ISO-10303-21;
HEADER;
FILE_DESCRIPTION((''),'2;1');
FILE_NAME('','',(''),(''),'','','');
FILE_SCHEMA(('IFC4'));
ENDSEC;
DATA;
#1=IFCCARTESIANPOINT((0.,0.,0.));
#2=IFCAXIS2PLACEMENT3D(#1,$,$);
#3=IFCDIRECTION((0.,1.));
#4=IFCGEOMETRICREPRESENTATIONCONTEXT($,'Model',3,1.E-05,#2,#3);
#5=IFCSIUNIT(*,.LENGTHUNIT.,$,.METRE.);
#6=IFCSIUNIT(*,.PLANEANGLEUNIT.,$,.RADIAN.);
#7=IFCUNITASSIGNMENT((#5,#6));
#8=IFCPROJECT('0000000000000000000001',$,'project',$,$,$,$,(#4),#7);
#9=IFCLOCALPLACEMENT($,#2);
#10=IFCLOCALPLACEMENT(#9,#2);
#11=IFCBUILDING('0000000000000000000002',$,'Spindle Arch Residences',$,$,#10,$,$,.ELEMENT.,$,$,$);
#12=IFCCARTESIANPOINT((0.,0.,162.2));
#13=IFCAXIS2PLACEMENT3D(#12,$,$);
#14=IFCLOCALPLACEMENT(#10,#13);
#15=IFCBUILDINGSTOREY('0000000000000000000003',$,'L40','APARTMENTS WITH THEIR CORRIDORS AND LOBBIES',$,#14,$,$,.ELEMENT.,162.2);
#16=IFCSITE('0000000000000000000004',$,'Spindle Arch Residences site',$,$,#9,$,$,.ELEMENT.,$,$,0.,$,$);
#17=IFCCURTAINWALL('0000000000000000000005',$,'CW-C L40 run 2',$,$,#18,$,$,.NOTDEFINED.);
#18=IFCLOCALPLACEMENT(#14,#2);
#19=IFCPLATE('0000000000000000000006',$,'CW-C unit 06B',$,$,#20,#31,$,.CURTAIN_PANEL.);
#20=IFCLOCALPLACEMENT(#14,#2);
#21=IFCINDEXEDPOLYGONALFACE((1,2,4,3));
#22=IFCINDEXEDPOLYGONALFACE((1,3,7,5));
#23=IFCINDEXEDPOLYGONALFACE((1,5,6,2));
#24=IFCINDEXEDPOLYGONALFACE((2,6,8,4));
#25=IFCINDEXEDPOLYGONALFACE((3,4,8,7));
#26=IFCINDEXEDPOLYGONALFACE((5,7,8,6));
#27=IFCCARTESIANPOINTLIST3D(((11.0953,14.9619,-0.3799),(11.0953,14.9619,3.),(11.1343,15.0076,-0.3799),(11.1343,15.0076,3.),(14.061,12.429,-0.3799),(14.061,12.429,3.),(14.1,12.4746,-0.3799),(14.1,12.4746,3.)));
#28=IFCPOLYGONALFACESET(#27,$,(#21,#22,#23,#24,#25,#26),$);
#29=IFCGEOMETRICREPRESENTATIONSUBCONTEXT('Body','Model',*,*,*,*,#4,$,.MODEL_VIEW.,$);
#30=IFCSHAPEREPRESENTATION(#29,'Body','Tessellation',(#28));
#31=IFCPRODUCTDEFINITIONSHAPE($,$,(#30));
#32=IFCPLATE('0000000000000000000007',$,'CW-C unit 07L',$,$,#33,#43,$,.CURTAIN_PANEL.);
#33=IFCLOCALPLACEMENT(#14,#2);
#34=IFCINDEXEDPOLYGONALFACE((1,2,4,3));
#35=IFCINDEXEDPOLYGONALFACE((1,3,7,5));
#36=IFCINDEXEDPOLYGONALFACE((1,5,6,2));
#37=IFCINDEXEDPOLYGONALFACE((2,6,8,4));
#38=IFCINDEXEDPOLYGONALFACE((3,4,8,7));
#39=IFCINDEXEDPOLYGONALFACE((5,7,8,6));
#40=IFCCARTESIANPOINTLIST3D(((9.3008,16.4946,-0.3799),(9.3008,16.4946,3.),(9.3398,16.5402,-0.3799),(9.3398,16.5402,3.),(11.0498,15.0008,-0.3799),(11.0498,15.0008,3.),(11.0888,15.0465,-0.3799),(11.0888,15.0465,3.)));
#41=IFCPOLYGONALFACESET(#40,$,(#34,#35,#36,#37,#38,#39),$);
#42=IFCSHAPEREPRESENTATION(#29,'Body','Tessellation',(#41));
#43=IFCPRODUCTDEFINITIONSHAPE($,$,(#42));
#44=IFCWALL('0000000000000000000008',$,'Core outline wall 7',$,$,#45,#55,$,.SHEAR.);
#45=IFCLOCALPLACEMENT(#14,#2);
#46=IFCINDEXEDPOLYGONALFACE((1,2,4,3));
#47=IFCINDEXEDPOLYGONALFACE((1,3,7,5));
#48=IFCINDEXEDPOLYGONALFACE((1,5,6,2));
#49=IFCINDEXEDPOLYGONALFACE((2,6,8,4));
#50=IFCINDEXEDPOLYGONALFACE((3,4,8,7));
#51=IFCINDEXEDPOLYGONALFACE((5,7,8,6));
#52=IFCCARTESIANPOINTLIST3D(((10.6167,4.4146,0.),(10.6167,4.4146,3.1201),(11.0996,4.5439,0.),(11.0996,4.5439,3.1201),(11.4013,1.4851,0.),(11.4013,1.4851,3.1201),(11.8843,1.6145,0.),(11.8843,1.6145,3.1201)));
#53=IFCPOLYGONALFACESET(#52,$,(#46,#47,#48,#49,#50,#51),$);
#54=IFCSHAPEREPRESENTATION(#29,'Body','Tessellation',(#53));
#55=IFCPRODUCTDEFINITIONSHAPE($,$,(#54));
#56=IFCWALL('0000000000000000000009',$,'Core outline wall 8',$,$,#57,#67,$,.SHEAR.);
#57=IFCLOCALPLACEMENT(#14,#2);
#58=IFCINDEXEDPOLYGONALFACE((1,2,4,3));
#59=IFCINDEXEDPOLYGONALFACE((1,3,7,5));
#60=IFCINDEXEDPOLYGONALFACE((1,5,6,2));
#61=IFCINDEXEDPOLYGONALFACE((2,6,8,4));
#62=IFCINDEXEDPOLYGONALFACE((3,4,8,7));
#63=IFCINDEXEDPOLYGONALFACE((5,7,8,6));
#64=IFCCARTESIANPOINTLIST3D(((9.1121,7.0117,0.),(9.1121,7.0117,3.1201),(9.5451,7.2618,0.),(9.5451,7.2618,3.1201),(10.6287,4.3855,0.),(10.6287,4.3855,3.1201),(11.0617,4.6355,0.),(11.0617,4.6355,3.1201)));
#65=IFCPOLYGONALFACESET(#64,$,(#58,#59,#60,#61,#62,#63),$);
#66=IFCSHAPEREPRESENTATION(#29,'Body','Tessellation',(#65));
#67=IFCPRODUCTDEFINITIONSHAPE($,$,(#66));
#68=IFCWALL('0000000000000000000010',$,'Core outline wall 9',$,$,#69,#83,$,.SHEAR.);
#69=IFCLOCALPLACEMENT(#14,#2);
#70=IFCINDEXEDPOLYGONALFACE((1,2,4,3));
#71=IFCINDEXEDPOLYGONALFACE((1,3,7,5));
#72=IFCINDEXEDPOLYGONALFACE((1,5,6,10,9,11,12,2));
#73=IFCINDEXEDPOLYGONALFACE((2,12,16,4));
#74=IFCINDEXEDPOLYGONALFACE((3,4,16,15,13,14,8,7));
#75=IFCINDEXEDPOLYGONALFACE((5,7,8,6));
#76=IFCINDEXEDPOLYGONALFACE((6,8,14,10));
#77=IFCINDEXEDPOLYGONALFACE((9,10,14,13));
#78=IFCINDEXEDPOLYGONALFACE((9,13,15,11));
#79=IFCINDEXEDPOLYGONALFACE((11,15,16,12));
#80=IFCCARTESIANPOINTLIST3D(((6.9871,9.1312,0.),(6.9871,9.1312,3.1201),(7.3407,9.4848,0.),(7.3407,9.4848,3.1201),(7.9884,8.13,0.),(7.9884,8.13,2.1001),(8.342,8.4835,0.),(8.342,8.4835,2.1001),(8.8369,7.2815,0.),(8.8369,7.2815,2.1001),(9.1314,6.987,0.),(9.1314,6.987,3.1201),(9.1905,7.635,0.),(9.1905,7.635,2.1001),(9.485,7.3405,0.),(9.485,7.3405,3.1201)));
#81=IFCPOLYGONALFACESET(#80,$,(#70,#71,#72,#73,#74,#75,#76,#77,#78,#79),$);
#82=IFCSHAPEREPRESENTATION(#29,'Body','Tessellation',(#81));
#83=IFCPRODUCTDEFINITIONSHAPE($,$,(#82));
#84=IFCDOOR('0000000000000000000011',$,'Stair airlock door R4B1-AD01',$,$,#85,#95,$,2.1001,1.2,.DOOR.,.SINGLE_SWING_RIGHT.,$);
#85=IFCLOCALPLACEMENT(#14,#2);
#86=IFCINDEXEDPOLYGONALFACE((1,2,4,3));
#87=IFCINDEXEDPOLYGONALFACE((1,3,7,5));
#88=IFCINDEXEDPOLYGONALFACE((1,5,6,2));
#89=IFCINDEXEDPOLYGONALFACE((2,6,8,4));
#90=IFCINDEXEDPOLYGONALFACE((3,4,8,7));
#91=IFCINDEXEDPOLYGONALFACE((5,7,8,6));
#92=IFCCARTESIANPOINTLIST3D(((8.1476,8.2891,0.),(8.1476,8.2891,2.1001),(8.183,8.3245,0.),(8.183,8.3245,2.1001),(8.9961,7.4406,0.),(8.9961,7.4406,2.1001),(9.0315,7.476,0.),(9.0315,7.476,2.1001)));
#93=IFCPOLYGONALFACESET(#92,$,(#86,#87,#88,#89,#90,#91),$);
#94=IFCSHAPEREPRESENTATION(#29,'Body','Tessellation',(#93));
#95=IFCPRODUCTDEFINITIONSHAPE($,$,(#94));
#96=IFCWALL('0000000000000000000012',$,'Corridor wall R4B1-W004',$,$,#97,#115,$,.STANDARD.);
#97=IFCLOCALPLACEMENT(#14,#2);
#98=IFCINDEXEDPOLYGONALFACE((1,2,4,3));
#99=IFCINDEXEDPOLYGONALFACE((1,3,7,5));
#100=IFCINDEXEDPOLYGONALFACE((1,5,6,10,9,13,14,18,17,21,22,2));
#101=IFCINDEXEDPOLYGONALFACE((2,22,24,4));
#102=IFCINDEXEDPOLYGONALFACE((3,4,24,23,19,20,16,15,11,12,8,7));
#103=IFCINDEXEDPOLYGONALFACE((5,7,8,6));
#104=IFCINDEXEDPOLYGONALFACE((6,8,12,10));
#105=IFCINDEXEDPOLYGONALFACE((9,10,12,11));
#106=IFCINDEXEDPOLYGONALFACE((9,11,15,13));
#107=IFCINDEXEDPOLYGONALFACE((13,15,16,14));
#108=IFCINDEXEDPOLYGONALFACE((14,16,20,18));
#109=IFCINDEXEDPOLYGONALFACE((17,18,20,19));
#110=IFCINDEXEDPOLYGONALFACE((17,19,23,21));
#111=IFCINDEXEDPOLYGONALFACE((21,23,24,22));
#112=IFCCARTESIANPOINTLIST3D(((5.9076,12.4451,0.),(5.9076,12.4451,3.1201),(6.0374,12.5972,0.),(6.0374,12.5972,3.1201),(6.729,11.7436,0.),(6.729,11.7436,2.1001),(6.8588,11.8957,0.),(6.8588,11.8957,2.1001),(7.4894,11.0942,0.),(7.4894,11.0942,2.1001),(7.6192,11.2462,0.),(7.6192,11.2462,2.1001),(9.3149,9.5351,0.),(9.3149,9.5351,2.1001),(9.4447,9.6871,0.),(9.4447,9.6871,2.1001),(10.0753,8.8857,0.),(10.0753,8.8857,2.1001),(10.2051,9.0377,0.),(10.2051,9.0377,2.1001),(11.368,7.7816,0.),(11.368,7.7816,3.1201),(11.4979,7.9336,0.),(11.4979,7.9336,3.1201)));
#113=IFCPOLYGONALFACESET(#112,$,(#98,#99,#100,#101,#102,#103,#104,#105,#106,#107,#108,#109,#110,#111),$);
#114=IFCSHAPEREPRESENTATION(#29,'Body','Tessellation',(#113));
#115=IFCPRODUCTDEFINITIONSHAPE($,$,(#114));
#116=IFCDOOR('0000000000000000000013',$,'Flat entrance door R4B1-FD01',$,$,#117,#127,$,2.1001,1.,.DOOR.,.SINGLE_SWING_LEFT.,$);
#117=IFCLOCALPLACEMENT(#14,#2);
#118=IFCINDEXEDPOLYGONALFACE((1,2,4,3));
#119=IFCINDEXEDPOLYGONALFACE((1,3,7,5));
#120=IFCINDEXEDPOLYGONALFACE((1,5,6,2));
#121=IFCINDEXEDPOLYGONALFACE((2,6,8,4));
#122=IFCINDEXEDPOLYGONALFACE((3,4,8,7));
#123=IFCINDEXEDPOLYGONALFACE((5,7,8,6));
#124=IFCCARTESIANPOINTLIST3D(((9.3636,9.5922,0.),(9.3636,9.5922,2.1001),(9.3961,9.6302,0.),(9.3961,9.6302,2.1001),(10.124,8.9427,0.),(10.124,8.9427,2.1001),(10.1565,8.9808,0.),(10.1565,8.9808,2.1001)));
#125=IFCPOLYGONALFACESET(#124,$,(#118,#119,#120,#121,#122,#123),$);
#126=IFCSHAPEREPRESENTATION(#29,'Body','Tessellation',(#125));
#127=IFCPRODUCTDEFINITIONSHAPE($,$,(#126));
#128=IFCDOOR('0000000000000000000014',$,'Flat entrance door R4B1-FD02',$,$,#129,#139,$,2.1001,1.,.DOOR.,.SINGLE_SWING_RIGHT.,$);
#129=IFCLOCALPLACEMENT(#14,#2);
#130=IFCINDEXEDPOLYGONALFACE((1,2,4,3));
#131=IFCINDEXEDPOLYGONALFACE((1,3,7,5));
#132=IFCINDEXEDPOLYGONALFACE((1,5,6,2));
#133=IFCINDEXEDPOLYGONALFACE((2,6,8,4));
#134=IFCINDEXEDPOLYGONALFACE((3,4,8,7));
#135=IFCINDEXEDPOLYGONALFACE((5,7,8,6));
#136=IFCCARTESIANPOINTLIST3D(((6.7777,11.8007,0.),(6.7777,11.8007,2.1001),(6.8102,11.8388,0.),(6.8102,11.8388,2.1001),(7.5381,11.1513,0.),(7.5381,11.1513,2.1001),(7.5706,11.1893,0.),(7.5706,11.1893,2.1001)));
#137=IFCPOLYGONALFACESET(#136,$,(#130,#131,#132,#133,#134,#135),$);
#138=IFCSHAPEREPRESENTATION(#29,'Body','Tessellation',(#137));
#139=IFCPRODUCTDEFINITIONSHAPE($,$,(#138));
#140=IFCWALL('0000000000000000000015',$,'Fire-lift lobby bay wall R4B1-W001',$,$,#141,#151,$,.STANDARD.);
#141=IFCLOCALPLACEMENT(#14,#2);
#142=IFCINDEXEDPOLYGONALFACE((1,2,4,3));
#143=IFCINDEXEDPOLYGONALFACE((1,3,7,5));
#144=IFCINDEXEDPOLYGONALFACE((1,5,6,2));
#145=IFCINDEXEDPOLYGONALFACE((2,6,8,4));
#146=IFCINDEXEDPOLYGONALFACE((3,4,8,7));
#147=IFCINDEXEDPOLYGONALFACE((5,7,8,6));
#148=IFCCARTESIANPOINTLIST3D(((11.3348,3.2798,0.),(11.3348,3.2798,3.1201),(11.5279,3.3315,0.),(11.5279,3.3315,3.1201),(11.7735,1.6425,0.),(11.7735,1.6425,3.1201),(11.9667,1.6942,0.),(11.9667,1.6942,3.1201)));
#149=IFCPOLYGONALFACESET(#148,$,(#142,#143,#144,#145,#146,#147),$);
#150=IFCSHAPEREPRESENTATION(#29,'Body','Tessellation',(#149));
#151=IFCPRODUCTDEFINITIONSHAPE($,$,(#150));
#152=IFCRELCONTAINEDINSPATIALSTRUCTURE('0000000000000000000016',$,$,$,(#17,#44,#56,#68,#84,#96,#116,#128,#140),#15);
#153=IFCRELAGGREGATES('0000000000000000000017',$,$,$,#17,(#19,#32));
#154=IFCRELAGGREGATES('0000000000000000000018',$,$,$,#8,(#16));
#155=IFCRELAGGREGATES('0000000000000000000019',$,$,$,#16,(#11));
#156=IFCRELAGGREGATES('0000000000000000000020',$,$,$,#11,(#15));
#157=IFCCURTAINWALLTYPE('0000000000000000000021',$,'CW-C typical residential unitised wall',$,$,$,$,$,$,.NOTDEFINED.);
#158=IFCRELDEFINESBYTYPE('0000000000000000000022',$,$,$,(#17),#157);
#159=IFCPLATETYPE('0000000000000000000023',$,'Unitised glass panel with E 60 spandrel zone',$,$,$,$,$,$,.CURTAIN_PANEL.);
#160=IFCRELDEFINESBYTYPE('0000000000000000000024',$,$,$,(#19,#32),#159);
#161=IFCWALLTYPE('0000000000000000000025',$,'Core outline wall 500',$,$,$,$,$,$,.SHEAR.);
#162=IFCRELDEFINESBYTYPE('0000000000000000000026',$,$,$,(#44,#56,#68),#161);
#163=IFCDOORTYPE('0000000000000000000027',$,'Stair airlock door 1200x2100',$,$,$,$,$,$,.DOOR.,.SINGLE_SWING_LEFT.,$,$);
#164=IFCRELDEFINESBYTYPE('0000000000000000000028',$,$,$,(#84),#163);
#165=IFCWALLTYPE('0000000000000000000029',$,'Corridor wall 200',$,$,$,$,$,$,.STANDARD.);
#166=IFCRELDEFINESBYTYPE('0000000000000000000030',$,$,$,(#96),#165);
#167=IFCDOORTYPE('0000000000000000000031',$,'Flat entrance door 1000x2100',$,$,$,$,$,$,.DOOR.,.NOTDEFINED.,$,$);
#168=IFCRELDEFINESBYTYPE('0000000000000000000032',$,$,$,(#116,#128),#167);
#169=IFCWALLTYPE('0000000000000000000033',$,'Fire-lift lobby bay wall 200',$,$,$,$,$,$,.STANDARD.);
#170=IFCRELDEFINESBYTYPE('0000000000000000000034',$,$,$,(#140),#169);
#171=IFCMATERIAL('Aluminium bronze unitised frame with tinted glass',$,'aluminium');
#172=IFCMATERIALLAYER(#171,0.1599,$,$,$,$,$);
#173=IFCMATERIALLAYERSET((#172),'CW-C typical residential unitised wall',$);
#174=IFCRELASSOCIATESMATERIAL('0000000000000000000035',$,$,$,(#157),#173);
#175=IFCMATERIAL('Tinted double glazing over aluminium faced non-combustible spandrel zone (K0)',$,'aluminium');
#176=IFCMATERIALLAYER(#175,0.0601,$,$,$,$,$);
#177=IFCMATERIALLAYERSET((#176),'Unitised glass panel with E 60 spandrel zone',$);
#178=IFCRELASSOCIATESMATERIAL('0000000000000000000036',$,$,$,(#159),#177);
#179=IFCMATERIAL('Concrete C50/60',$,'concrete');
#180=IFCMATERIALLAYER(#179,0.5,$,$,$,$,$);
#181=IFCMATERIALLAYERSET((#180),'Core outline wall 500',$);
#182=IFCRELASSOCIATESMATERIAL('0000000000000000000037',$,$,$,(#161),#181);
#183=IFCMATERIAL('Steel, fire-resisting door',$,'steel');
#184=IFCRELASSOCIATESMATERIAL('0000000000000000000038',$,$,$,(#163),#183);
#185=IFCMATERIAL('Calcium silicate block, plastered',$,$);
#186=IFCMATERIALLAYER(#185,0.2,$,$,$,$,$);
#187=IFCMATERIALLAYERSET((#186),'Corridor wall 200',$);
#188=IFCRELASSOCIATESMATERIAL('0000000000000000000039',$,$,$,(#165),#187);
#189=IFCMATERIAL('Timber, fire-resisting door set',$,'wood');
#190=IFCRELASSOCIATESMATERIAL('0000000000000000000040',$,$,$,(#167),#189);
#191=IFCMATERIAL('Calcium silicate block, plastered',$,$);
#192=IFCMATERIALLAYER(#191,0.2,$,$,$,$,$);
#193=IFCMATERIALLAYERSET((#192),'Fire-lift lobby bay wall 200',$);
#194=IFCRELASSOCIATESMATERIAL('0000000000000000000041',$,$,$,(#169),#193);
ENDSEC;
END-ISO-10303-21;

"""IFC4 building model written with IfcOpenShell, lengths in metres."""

from ifc_helpers import new_model, si_unit, direction, frame, frame_2d, origin, origin_2d, place, context, subcontext, project, spatial, rectangle, extrude, material, layer, layer_set, type_object, element, fill, aggregate, save


model = new_model("IFC4")

# Units and contexts
model_context = context("Model", 3, precision=1e-05, world=origin(), true_north=direction((0.0, 1.0)))
body_context = subcontext(model_context, "Body", "Model", "MODEL_VIEW")
ifc_project = project(units=[si_unit("LENGTHUNIT", "METRE"), si_unit("PLANEANGLEUNIT", "RADIAN")], contexts=[model_context])

# Site, building, storey
site_placement = place(None, origin())
site = spatial("IfcSite", under=ifc_project, at=site_placement, Name="Spindle Arch Residences site", CompositionType="ELEMENT", RefElevation=0.0)
building_placement = place(site_placement, origin())
building = spatial("IfcBuilding", under=site, at=building_placement, Name="Spindle Arch Residences", CompositionType="ELEMENT")
storey_placement = place(building_placement, frame((0.0, 0.0, 162.2)))
storey = spatial("IfcBuildingStorey", under=building, at=storey_placement, Name="L40", Description="APARTMENTS WITH THEIR CORRIDORS AND LOBBIES", CompositionType="ELEMENT", Elevation=162.2)

# Curtain wall
ifc_material_1 = material(Name="Aluminium bronze unitised frame with tinted glass", Category="aluminium")
ifc_layer_1 = layer(ifc_material_1, 0.1599)
ifc_layer_set_1 = layer_set([ifc_layer_1], Name="CW-C typical residential unitised wall")
curtain_wall_type = type_object("IfcCurtainWallType", Name="CW-C typical residential unitised wall", PredefinedType="NOTDEFINED", material=ifc_layer_set_1)
curtain_wall_placement = place(storey_placement, origin())
curtain_wall = element("IfcCurtainWall", 1, at=curtain_wall_placement, inside=storey, type_object=curtain_wall_type, Name="CW-C L40 run 2", PredefinedType="NOTDEFINED")

# Plates
ifc_material_2 = material(Name="Tinted double glazing over aluminium faced non-combustible spandrel zone (K0)", Category="aluminium")
ifc_layer_2 = layer(ifc_material_2, 0.0601)
ifc_layer_set_2 = layer_set([ifc_layer_2], Name="Unitised glass panel with E 60 spandrel zone")
plate_type = type_object("IfcPlateType", Name="Unitised glass panel with E 60 spandrel zone", PredefinedType="CURTAIN_PANEL", material=ifc_layer_set_2)
plate_1_placement = place(storey_placement, frame((12.5977, 13.7183, -0.3799), z_axis=(0.0, 0.0, 1.0), x_axis=(-0.760406, 0.649448, 0.0)))
plate_1 = element("IfcPlate", 2, at=plate_1_placement, type_object=plate_type, Name="CW-C unit 06B", PredefinedType="CURTAIN_PANEL", context=body_context, shape_type="SweptSolid", body=[
    extrude(rectangle(XDim=3.9001, YDim=0.0601, at=origin_2d()), origin(), (0.0, 0.0, 1.0), 3.3799),
])
plate_2_placement = place(storey_placement, frame((10.1948, 15.7705, -0.3799), z_axis=(0.0, 0.0, 1.0), x_axis=(-0.760406, 0.649448, 0.0)))
plate_2 = element("IfcPlate", 3, at=plate_2_placement, type_object=plate_type, Name="CW-C unit 07L", PredefinedType="CURTAIN_PANEL", context=body_context, shape_type="SweptSolid", body=[
    extrude(rectangle(XDim=2.3, YDim=0.0601, at=origin_2d()), origin(), (0.0, 0.0, 1.0), 3.3799),
])
aggregate(curtain_wall, [plate_1, plate_2])

# Walls
ifc_material_3 = material(Name="Concrete C50/60", Category="concrete")
ifc_layer_3 = layer(ifc_material_3, 0.5)
ifc_layer_set_3 = layer_set([ifc_layer_3], Name="Core outline wall 500")
wall_type_1 = type_object("IfcWallType", Name="Core outline wall 500", PredefinedType="SHEAR", material=ifc_layer_set_3)
for number, where, z_axis, x_axis, name in (
    (4, (11.6428, 1.5498, 0.0), (0.0, 0.0, 1.0), (-0.258735, 0.965948, 0.0), "Core outline wall 7"),
    (5, (10.8452, 4.5105, 0.0), (0.0, 0.0, 1.0), (-0.500087, 0.865975, 0.0), "Core outline wall 8"),
):
    element("IfcWall", number, at=place(storey_placement, frame(where, z_axis=z_axis, x_axis=x_axis)), inside=storey, type_object=wall_type_1, Name=name, PredefinedType="SHEAR", context=body_context, shape_type="SweptSolid", body=[
        extrude(rectangle(XDim=3.0327, YDim=0.5, at=frame_2d((1.5164, 0.0))), origin(), (0.0, 0.0, 1.0), 3.1201),
    ])

# Wall, opening, door
wall_1_placement = place(storey_placement, frame((9.3081, 7.1638, 0.0), z_axis=(0.0, 0.0, 1.0), x_axis=(-0.707107, 0.707107, 0.0)))
wall_1 = element("IfcWall", 6, at=wall_1_placement, inside=storey, type_object=wall_type_1, Name="Core outline wall 9", PredefinedType="SHEAR", context=body_context, shape_type="SweptSolid", body=[
    extrude(rectangle(XDim=3.0325, YDim=0.5, at=frame_2d((1.5161, 0.0))), origin(), (0.0, 0.0, 1.0), 3.1201),
])
opening_1_placement = place(wall_1_placement, frame((0.4163, 0.0, 0.0)))
opening_1 = element("IfcOpeningElement", 7, at=opening_1_placement, cuts=wall_1, PredefinedType="OPENING", context=body_context, shape_type="SweptSolid", body=[
    extrude(rectangle(XDim=1.2, YDim=2.1001, at=frame_2d((0.6001, 1.05))), frame((0.0, 0.26, 0.0), z_axis=(0.0, -1.0, 0.0), x_axis=(1.0, 0.0, 0.0)), (0.0, 0.0, 1.0), 0.52),
])
ifc_material_4 = material(Name="Steel, fire-resisting door", Category="steel")
door_type_1 = type_object("IfcDoorType", Name="Stair airlock door 1200x2100", OperationType="SINGLE_SWING_LEFT", PredefinedType="DOOR", material=ifc_material_4)
door_1_placement = place(opening_1_placement, origin())
door_1 = element("IfcDoor", 8, at=door_1_placement, inside=storey, type_object=door_type_1, Name="Stair airlock door R4B1-AD01", OperationType="SINGLE_SWING_RIGHT", OverallHeight=2.1001, OverallWidth=1.2, PredefinedType="DOOR", context=body_context, shape_type="SweptSolid", body=[
    extrude(rectangle(XDim=1.2, YDim=2.1001, at=frame_2d((0.6001, 1.05))), frame((0.0, 0.0249, 0.0), z_axis=(0.0, -1.0, 0.0), x_axis=(1.0, 0.0, 0.0)), (0.0, 0.0, 1.0), 0.05),
])
fill(opening_1, door_1)

# Wall, openings, doors
ifc_material_5 = material(Name="Calcium silicate block, plastered")
ifc_layer_4 = layer(ifc_material_5, 0.2)
ifc_layer_set_4 = layer_set([ifc_layer_4], Name="Corridor wall 200")
wall_type_2 = type_object("IfcWallType", Name="Corridor wall 200", PredefinedType="STANDARD", material=ifc_layer_set_4)
wall_2_placement = place(storey_placement, frame((11.4329, 7.8577, 0.0), z_axis=(0.0, 0.0, 1.0), x_axis=(-0.760412, 0.649441, 0.0)))
wall_2 = element("IfcWall", 9, at=wall_2_placement, inside=storey, type_object=wall_type_2, Name="Corridor wall R4B1-W004", PredefinedType="STANDARD", context=body_context, shape_type="SweptSolid", body=[
    extrude(rectangle(XDim=7.1809, YDim=0.2, at=frame_2d((3.5903, 0.0))), origin(), (0.0, 0.0, 1.0), 3.1201),
])
opening_2_placement = place(wall_2_placement, frame((1.7, 0.0, 0.0)))
opening_2 = element("IfcOpeningElement", 10, at=opening_2_placement, cuts=wall_2, PredefinedType="OPENING", context=body_context, shape_type="SweptSolid", body=[
    extrude(rectangle(XDim=1.0, YDim=2.1001, at=frame_2d((0.5, 1.05))), frame((0.0, 0.1099, 0.0), z_axis=(0.0, -1.0, 0.0), x_axis=(1.0, 0.0, 0.0)), (0.0, 0.0, 1.0), 0.22),
])
opening_3_placement = place(wall_2_placement, frame((5.1006, 0.0, 0.0)))
opening_3 = element("IfcOpeningElement", 11, at=opening_3_placement, cuts=wall_2, PredefinedType="OPENING", context=body_context, shape_type="SweptSolid", body=[
    extrude(rectangle(XDim=1.0, YDim=2.1001, at=frame_2d((0.5, 1.05))), frame((0.0, 0.1099, 0.0), z_axis=(0.0, -1.0, 0.0), x_axis=(1.0, 0.0, 0.0)), (0.0, 0.0, 1.0), 0.22),
])
ifc_material_6 = material(Name="Timber, fire-resisting door set", Category="wood")
door_type_2 = type_object("IfcDoorType", Name="Flat entrance door 1000x2100", OperationType="NOTDEFINED", PredefinedType="DOOR", material=ifc_material_6)
door_2_placement = place(opening_2_placement, origin())
door_2 = element("IfcDoor", 12, at=door_2_placement, inside=storey, type_object=door_type_2, Name="Flat entrance door R4B1-FD01", OperationType="SINGLE_SWING_LEFT", OverallHeight=2.1001, OverallWidth=1.0, PredefinedType="DOOR", context=body_context, shape_type="SweptSolid", body=[
    extrude(rectangle(XDim=1.0, YDim=2.1001, at=frame_2d((0.5, 1.05))), frame((0.0, 0.0249, 0.0), z_axis=(0.0, -1.0, 0.0), x_axis=(1.0, 0.0, 0.0)), (0.0, 0.0, 1.0), 0.05),
])
fill(opening_2, door_2)
door_3_placement = place(opening_3_placement, origin())
door_3 = element("IfcDoor", 13, at=door_3_placement, inside=storey, type_object=door_type_2, Name="Flat entrance door R4B1-FD02", OperationType="SINGLE_SWING_RIGHT", OverallHeight=2.1001, OverallWidth=1.0, PredefinedType="DOOR", context=body_context, shape_type="SweptSolid", body=[
    extrude(rectangle(XDim=1.0, YDim=2.1001, at=frame_2d((0.5, 1.05))), frame((0.0, 0.0249, 0.0), z_axis=(0.0, -1.0, 0.0), x_axis=(1.0, 0.0, 0.0)), (0.0, 0.0, 1.0), 0.05),
])
fill(opening_3, door_3)

# Wall
ifc_material_7 = material(Name="Calcium silicate block, plastered")
ifc_layer_5 = layer(ifc_material_7, 0.2)
ifc_layer_set_5 = layer_set([ifc_layer_5], Name="Fire-lift lobby bay wall 200")
wall_type_3 = type_object("IfcWallType", Name="Fire-lift lobby bay wall 200", PredefinedType="STANDARD", material=ifc_layer_set_5)
wall_3_placement = place(storey_placement, frame((11.8701, 1.6682, 0.0), z_axis=(0.0, 0.0, 1.0), x_axis=(-0.258837, 0.965921, 0.0)))
element("IfcWall", 14, at=wall_3_placement, inside=storey, type_object=wall_type_3, Name="Fire-lift lobby bay wall R4B1-W001", PredefinedType="STANDARD", context=body_context, shape_type="SweptSolid", body=[
    extrude(rectangle(XDim=1.6951, YDim=0.2, at=frame_2d((0.8477, 0.0))), origin(), (0.0, 0.0, 1.0), 3.1201),
])

save(model, "model.ifc")
